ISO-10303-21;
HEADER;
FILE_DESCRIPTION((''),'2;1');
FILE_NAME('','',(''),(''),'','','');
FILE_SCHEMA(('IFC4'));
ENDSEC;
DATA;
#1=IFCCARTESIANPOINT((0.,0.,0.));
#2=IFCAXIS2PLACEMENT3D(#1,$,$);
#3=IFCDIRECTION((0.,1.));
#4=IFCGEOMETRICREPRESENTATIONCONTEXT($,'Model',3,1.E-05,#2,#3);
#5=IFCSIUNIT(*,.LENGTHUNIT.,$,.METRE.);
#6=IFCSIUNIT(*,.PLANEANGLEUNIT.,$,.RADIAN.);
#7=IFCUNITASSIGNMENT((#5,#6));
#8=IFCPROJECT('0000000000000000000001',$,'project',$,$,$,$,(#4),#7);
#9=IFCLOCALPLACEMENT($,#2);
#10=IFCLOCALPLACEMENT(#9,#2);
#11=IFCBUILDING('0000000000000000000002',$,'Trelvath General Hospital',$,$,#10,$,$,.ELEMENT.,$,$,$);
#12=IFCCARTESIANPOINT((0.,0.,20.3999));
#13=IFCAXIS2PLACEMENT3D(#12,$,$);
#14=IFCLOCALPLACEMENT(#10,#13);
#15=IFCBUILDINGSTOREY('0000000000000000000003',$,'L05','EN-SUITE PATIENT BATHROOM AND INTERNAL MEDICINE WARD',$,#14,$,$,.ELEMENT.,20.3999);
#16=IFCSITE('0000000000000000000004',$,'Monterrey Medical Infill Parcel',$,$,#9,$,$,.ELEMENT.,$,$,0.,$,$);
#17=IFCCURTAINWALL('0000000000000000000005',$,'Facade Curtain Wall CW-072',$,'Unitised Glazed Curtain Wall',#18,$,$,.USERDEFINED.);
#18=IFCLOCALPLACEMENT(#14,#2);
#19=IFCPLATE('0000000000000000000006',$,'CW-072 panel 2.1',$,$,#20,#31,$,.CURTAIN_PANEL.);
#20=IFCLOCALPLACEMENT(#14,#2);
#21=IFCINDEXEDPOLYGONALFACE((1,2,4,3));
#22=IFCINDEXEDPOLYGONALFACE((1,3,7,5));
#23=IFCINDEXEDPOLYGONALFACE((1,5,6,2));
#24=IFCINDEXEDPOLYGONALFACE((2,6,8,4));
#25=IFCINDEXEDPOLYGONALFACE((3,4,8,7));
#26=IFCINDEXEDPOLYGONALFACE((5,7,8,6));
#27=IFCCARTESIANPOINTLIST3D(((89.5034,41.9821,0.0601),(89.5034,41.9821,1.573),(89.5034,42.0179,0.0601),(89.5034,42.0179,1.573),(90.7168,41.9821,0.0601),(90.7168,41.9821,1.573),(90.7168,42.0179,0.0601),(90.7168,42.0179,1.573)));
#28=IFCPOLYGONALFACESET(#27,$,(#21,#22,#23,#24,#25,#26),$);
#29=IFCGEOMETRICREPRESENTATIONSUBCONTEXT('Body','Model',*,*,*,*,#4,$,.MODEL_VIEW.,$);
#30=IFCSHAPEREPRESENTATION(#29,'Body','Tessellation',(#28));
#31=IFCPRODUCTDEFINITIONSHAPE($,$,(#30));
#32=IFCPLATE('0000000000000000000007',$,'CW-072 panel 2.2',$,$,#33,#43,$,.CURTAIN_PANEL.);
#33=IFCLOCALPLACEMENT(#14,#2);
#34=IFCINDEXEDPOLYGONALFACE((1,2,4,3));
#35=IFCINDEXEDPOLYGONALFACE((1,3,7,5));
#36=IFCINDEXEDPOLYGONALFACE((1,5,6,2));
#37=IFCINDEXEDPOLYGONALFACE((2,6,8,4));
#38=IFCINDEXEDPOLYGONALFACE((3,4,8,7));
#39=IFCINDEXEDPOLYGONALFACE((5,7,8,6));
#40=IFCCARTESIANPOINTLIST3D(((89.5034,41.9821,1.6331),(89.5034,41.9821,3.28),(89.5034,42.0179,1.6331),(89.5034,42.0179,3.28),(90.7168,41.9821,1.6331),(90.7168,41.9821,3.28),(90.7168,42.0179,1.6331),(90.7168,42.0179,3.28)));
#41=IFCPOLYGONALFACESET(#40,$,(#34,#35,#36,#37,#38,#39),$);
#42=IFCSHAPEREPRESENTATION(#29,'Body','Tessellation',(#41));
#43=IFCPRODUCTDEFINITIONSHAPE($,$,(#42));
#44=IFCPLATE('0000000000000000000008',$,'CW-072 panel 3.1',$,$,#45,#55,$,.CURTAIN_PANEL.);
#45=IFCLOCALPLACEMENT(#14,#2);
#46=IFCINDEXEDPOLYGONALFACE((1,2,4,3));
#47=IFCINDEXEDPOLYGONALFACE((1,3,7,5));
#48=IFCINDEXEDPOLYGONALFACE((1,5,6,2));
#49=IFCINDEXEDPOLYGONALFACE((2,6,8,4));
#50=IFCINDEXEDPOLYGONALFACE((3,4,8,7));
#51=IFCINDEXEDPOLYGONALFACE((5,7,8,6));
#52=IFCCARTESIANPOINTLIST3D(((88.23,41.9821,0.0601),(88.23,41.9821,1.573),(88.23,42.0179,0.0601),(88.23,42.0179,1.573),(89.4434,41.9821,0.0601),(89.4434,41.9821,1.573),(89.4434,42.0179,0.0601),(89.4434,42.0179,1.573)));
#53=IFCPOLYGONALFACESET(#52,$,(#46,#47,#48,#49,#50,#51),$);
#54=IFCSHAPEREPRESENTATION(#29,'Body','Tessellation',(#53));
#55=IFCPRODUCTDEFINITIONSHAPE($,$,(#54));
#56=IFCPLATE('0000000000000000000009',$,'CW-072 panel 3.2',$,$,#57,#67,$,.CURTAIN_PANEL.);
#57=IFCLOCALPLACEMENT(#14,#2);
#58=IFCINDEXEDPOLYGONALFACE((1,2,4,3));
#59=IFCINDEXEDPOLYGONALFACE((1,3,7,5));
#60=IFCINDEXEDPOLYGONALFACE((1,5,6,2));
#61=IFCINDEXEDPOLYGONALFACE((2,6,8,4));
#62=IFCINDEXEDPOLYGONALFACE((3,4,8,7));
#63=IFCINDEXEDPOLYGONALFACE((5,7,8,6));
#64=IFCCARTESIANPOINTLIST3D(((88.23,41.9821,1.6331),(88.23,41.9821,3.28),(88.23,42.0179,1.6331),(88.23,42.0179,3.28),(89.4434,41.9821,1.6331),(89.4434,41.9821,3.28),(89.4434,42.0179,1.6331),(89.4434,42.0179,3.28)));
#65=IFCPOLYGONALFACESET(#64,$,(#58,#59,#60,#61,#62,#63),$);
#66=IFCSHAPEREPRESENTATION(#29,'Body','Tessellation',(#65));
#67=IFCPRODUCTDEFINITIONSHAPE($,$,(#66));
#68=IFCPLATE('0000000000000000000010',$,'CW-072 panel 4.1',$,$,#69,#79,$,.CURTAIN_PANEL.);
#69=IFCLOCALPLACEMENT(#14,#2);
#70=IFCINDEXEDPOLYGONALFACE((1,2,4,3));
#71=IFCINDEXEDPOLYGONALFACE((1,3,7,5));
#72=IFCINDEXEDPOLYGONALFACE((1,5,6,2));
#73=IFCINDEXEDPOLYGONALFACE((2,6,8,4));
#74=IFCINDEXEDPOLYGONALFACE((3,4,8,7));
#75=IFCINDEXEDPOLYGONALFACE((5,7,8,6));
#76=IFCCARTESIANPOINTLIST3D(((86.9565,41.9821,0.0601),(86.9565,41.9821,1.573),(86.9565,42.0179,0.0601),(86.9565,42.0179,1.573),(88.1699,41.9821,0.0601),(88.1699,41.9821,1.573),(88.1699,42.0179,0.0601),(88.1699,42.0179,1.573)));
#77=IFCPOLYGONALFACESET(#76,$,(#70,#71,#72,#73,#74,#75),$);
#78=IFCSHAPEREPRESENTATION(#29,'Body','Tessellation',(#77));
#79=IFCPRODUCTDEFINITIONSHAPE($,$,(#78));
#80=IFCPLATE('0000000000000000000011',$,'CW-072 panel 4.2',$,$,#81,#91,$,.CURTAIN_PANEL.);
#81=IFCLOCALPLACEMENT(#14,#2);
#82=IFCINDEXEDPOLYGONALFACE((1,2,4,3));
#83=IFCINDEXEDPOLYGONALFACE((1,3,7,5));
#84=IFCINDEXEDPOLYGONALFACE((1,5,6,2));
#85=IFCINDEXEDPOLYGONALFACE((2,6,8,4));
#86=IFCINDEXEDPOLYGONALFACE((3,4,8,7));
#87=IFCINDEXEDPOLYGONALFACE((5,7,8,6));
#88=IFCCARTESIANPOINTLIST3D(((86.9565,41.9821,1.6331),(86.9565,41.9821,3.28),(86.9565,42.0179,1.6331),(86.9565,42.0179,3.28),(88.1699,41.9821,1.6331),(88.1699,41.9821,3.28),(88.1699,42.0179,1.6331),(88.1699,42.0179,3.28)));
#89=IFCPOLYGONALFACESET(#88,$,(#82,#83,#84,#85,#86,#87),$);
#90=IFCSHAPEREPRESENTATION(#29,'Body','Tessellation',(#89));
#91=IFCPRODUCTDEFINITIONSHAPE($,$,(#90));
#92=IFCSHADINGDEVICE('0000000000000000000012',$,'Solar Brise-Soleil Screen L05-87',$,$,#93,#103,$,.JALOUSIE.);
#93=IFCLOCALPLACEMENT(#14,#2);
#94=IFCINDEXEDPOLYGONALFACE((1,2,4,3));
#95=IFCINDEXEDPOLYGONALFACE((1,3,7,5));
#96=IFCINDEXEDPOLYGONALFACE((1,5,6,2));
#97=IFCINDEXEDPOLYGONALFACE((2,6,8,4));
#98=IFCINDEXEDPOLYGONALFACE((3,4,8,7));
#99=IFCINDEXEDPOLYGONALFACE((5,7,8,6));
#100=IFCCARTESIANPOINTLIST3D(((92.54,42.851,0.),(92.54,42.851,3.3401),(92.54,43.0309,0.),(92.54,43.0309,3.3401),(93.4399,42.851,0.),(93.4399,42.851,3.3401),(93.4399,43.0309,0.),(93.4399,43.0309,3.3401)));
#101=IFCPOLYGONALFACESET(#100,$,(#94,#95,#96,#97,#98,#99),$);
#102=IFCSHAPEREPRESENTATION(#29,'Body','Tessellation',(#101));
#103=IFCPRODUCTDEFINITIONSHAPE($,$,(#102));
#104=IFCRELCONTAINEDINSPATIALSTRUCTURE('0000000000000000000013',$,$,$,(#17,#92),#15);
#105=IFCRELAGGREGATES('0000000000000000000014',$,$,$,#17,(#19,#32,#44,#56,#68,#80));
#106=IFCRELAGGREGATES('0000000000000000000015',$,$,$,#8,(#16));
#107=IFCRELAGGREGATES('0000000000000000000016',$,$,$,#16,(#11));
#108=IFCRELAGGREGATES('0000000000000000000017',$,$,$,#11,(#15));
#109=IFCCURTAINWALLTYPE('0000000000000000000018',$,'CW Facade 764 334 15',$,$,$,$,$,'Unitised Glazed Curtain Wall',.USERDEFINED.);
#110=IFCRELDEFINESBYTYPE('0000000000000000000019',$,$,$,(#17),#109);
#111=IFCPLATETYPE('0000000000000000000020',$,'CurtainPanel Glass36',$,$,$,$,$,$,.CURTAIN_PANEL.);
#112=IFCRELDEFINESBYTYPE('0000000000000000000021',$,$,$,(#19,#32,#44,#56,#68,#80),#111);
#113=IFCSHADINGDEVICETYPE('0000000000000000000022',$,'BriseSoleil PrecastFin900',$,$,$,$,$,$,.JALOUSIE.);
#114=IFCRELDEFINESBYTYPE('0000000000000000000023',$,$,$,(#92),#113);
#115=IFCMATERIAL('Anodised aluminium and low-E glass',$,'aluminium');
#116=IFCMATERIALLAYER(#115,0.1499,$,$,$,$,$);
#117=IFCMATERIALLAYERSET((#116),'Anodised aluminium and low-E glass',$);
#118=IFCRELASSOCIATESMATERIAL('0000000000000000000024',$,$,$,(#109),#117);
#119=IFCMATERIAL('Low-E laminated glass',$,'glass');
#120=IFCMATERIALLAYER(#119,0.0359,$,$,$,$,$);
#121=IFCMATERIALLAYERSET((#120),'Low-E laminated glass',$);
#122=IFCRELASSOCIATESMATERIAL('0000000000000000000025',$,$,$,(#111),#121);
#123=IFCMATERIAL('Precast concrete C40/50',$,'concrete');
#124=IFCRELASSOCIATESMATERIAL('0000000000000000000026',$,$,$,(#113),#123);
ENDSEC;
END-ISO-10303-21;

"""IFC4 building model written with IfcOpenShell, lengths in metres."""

from ifc_helpers import new_model, si_unit, direction, frame, origin, origin_2d, place, context, subcontext, project, spatial, rectangle, extrude, material, layer, layer_set, type_object, element, aggregate, save


model = new_model("IFC4")

# Units and contexts
model_context = context("Model", 3, precision=1e-05, world=origin(), true_north=direction((0.0, 1.0)))
body_context = subcontext(model_context, "Body", "Model", "MODEL_VIEW")
ifc_project = project(units=[si_unit("LENGTHUNIT", "METRE"), si_unit("PLANEANGLEUNIT", "RADIAN")], contexts=[model_context])

# Site, building, storey
site_placement = place(None, origin())
site = spatial("IfcSite", under=ifc_project, at=site_placement, Name="Monterrey Medical Infill Parcel", CompositionType="ELEMENT", RefElevation=0.0)
building_placement = place(site_placement, origin())
building = spatial("IfcBuilding", under=site, at=building_placement, Name="Trelvath General Hospital", CompositionType="ELEMENT")
storey_placement = place(building_placement, frame((0.0, 0.0, 20.3999)))
storey = spatial("IfcBuildingStorey", under=building, at=storey_placement, Name="L05", Description="EN-SUITE PATIENT BATHROOM AND INTERNAL MEDICINE WARD", CompositionType="ELEMENT", Elevation=20.3999)

# Curtain wall, plates
ifc_material_1 = material(Name="Anodised aluminium and low-E glass", Category="aluminium")
ifc_layer_1 = layer(ifc_material_1, 0.1499)
ifc_layer_set_1 = layer_set([ifc_layer_1], Name="Anodised aluminium and low-E glass")
curtain_wall_type = type_object("IfcCurtainWallType", Name="CW Facade 764 334 15", ElementType="Unitised Glazed Curtain Wall", PredefinedType="USERDEFINED", material=ifc_layer_set_1)
curtain_wall_placement = place(storey_placement, origin())
curtain_wall = element("IfcCurtainWall", 1, at=curtain_wall_placement, inside=storey, type_object=curtain_wall_type, Name="Facade Curtain Wall CW-072", ObjectType="Unitised Glazed Curtain Wall", PredefinedType="USERDEFINED")
ifc_material_2 = material(Name="Low-E laminated glass", Category="glass")
ifc_layer_2 = layer(ifc_material_2, 0.0359)
ifc_layer_set_2 = layer_set([ifc_layer_2], Name="Low-E laminated glass")
plate_type = type_object("IfcPlateType", Name="CurtainPanel Glass36", PredefinedType="CURTAIN_PANEL", material=ifc_layer_set_2)
plate_1_placement = place(storey_placement, frame((90.1101, 42.0, 0.0601), z_axis=(0.0, 0.0, 1.0), x_axis=(-1.0, 0.0, 0.0)))
plate_1 = element("IfcPlate", 2, at=plate_1_placement, type_object=plate_type, Name="CW-072 panel 2.1", PredefinedType="CURTAIN_PANEL", context=body_context, shape_type="SweptSolid", body=[
    extrude(rectangle(XDim=1.2134, YDim=0.0359, at=origin_2d()), origin(), (0.0, 0.0, 1.0), 1.5129),
])
plate_2_placement = place(storey_placement, frame((90.1101, 42.0, 1.6331), z_axis=(0.0, 0.0, 1.0), x_axis=(-1.0, 0.0, 0.0)))
plate_2 = element("IfcPlate", 3, at=plate_2_placement, type_object=plate_type, Name="CW-072 panel 2.2", PredefinedType="CURTAIN_PANEL", context=body_context, shape_type="SweptSolid", body=[
    extrude(rectangle(XDim=1.2134, YDim=0.0359, at=origin_2d()), origin(), (0.0, 0.0, 1.0), 1.647),
])
plate_3_placement = place(storey_placement, frame((88.8367, 42.0, 0.0601), z_axis=(0.0, 0.0, 1.0), x_axis=(-1.0, 0.0, 0.0)))
plate_3 = element("IfcPlate", 4, at=plate_3_placement, type_object=plate_type, Name="CW-072 panel 3.1", PredefinedType="CURTAIN_PANEL", context=body_context, shape_type="SweptSolid", body=[
    extrude(rectangle(XDim=1.2134, YDim=0.0359, at=origin_2d()), origin(), (0.0, 0.0, 1.0), 1.5129),
])
plate_4_placement = place(storey_placement, frame((88.8367, 42.0, 1.6331), z_axis=(0.0, 0.0, 1.0), x_axis=(-1.0, 0.0, 0.0)))
plate_4 = element("IfcPlate", 5, at=plate_4_placement, type_object=plate_type, Name="CW-072 panel 3.2", PredefinedType="CURTAIN_PANEL", context=body_context, shape_type="SweptSolid", body=[
    extrude(rectangle(XDim=1.2134, YDim=0.0359, at=origin_2d()), origin(), (0.0, 0.0, 1.0), 1.647),
])
plate_5_placement = place(storey_placement, frame((87.5632, 42.0, 0.0601), z_axis=(0.0, 0.0, 1.0), x_axis=(-1.0, 0.0, 0.0)))
plate_5 = element("IfcPlate", 6, at=plate_5_placement, type_object=plate_type, Name="CW-072 panel 4.1", PredefinedType="CURTAIN_PANEL", context=body_context, shape_type="SweptSolid", body=[
    extrude(rectangle(XDim=1.2134, YDim=0.0359, at=origin_2d()), origin(), (0.0, 0.0, 1.0), 1.5129),
])
plate_6_placement = place(storey_placement, frame((87.5632, 42.0, 1.6331), z_axis=(0.0, 0.0, 1.0), x_axis=(-1.0, 0.0, 0.0)))
plate_6 = element("IfcPlate", 7, at=plate_6_placement, type_object=plate_type, Name="CW-072 panel 4.2", PredefinedType="CURTAIN_PANEL", context=body_context, shape_type="SweptSolid", body=[
    extrude(rectangle(XDim=1.2134, YDim=0.0359, at=origin_2d()), origin(), (0.0, 0.0, 1.0), 1.647),
])
aggregate(curtain_wall, [plate_1, plate_2, plate_3, plate_4, plate_5, plate_6])

# Shading device
ifc_material_3 = material(Name="Precast concrete C40/50", Category="concrete")
shading_device_type = type_object("IfcShadingDeviceType", Name="BriseSoleil PrecastFin900", PredefinedType="JALOUSIE", material=ifc_material_3)
shading_device_placement = place(storey_placement, frame((92.99, 42.9409, 0.0), z_axis=(0.0, 0.0, 1.0), x_axis=(1.0, 0.0, 0.0)))
element("IfcShadingDevice", 8, at=shading_device_placement, inside=storey, type_object=shading_device_type, Name="Solar Brise-Soleil Screen L05-87", PredefinedType="JALOUSIE", context=body_context, shape_type="SweptSolid", body=[
    extrude(rectangle(XDim=0.8999, YDim=0.1799, at=origin_2d()), origin(), (0.0, 0.0, 1.0), 3.3401),
])

save(model, "model.ifc")
